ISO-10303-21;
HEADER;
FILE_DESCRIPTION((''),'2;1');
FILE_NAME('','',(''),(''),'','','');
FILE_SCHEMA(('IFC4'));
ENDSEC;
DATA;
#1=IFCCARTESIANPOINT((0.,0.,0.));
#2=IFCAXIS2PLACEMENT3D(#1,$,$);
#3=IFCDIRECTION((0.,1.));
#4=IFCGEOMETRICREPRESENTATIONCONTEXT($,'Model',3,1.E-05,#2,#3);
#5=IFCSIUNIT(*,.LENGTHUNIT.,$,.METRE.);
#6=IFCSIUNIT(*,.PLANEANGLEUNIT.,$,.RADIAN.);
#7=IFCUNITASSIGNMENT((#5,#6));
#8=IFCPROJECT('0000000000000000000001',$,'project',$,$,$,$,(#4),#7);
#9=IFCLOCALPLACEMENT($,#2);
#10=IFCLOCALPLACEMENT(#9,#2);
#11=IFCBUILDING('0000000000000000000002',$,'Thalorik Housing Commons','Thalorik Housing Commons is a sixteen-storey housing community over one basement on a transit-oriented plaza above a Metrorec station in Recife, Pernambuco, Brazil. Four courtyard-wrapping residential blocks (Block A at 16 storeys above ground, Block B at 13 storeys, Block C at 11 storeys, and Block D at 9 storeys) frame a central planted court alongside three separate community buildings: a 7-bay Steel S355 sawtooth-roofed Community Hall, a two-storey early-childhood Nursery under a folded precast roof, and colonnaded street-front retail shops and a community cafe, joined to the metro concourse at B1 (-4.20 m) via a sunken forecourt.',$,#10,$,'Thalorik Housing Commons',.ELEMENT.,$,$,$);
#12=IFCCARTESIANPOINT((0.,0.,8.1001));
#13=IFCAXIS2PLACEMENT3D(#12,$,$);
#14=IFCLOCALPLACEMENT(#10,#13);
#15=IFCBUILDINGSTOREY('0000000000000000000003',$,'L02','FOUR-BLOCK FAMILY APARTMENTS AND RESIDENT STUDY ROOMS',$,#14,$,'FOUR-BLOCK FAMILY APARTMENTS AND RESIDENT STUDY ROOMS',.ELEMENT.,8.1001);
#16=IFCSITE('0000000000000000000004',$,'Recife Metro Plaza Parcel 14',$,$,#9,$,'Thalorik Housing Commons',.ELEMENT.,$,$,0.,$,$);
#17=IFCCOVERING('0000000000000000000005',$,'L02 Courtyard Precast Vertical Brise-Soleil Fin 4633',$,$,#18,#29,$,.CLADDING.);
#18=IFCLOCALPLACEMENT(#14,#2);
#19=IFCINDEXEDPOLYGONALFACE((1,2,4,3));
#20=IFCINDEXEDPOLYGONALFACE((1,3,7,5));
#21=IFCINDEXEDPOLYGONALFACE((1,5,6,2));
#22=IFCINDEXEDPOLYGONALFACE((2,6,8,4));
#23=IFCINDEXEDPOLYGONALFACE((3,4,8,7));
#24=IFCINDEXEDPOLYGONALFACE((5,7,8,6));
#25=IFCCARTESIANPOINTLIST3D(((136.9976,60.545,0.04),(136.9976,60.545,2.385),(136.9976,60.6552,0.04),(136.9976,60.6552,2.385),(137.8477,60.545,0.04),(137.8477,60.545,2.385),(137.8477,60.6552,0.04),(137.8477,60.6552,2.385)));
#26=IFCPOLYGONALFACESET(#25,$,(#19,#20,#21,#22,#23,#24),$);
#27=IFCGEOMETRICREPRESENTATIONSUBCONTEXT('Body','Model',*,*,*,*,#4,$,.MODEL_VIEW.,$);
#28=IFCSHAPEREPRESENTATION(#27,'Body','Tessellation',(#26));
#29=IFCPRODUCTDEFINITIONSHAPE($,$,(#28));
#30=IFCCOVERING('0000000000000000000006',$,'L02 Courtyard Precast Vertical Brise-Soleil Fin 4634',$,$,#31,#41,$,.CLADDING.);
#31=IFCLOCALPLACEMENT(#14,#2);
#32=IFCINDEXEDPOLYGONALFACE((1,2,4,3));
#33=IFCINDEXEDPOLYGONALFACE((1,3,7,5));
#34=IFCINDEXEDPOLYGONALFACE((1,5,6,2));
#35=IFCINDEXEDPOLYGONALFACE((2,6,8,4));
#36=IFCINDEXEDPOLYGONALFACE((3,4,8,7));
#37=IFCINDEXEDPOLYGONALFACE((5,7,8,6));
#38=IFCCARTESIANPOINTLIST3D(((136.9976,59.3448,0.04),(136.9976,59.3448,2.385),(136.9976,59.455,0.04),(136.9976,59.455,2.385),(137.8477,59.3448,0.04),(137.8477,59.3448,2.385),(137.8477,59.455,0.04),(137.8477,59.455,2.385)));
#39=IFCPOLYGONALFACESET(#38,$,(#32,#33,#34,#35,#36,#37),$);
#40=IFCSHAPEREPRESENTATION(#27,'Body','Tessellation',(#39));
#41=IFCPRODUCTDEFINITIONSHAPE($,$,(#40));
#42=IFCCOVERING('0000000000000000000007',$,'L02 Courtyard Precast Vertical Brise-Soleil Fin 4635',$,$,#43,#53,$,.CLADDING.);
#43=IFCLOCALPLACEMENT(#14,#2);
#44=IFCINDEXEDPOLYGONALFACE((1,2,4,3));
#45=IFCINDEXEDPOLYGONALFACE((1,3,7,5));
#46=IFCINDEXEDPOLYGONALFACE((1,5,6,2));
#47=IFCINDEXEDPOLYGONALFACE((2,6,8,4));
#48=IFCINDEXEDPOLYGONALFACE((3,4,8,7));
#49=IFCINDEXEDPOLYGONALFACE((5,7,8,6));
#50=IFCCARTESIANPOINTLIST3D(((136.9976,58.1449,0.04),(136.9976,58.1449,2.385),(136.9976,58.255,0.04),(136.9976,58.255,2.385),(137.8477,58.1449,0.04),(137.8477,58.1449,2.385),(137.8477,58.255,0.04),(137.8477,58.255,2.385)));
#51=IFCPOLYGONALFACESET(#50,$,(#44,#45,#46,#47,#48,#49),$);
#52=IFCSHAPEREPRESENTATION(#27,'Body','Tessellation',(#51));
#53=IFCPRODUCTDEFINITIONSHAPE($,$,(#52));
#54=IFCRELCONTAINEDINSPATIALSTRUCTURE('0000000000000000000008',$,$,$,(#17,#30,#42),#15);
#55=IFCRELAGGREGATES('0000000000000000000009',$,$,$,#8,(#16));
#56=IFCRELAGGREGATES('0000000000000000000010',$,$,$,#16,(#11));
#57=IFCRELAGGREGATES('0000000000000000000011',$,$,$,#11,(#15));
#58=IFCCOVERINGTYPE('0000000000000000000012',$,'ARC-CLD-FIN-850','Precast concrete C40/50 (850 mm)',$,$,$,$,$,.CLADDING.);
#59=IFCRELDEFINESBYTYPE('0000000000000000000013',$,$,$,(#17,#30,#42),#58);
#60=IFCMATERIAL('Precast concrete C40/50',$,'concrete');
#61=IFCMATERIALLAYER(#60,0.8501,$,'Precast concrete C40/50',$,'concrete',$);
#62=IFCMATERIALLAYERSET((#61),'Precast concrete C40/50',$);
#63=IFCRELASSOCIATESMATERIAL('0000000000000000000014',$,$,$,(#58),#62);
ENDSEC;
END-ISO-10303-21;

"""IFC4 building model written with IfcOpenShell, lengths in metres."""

from ifc_helpers import new_model, si_unit, direction, frame, origin, origin_2d, place, context, subcontext, project, spatial, rectangle, extrude, material, layer, layer_set, type_object, element, save


model = new_model("IFC4")

# Units and contexts
model_context = context("Model", 3, precision=1e-05, world=origin(), true_north=direction((0.0, 1.0)))
body_context = subcontext(model_context, "Body", "Model", "MODEL_VIEW")
ifc_project = project(units=[si_unit("LENGTHUNIT", "METRE"), si_unit("PLANEANGLEUNIT", "RADIAN")], contexts=[model_context])

# Site, building, storey
site_placement = place(None, origin())
site = spatial("IfcSite", under=ifc_project, at=site_placement, Name="Recife Metro Plaza Parcel 14", LongName="Thalorik Housing Commons", CompositionType="ELEMENT", RefElevation=0.0)
building_placement = place(site_placement, origin())
building = spatial("IfcBuilding", under=site, at=building_placement, Name="Thalorik Housing Commons", Description="Thalorik Housing Commons is a sixteen-storey housing community over one basement on a transit-oriented plaza above a Metrorec station in Recife, Pernambuco, Brazil. Four courtyard-wrapping residential blocks (Block A at 16 storeys above ground, Block B at 13 storeys, Block C at 11 storeys, and Block D at 9 storeys) frame a central planted court alongside three separate community buildings: a 7-bay Steel S355 sawtooth-roofed Community Hall, a two-storey early-childhood Nursery under a folded precast roof, and colonnaded street-front retail shops and a community cafe, joined to the metro concourse at B1 (-4.20 m) via a sunken forecourt.", LongName="Thalorik Housing Commons", CompositionType="ELEMENT")
storey_placement = place(building_placement, frame((0.0, 0.0, 8.1001)))
storey = spatial("IfcBuildingStorey", under=building, at=storey_placement, Name="L02", Description="FOUR-BLOCK FAMILY APARTMENTS AND RESIDENT STUDY ROOMS", LongName="FOUR-BLOCK FAMILY APARTMENTS AND RESIDENT STUDY ROOMS", CompositionType="ELEMENT", Elevation=8.1001)

# Coverings
ifc_material_1 = material(Name="Precast concrete C40/50", Category="concrete")
ifc_layer_1 = layer(ifc_material_1, 0.8501, Name="Precast concrete C40/50", Category="concrete")
ifc_layer_set_1 = layer_set([ifc_layer_1], Name="Precast concrete C40/50")
covering_type = type_object("IfcCoveringType", Name="ARC-CLD-FIN-850", Description="Precast concrete C40/50 (850 mm)", PredefinedType="CLADDING", material=ifc_layer_set_1)
for number, where, z_axis, x_axis, name in (
    (1, (137.4226, 60.6001, 0.04), (0.0, 0.0, 1.0), (0.0, -1.0, 0.0), "L02 Courtyard Precast Vertical Brise-Soleil Fin 4633"),
    (2, (137.4226, 59.3999, 0.04), (0.0, 0.0, 1.0), (0.0, -1.0, 0.0), "L02 Courtyard Precast Vertical Brise-Soleil Fin 4634"),
    (3, (137.4226, 58.2, 0.04), (0.0, 0.0, 1.0), (0.0, -1.0, 0.0), "L02 Courtyard Precast Vertical Brise-Soleil Fin 4635"),
):
    element("IfcCovering", number, at=place(storey_placement, frame(where, z_axis=z_axis, x_axis=x_axis)), inside=storey, type_object=covering_type, Name=name, PredefinedType="CLADDING", context=body_context, shape_type="SweptSolid", body=[
        extrude(rectangle(XDim=0.1101, YDim=0.8501, at=origin_2d()), origin(), (0.0, 0.0, 1.0), 2.345),
    ])

save(model, "model.ifc")
